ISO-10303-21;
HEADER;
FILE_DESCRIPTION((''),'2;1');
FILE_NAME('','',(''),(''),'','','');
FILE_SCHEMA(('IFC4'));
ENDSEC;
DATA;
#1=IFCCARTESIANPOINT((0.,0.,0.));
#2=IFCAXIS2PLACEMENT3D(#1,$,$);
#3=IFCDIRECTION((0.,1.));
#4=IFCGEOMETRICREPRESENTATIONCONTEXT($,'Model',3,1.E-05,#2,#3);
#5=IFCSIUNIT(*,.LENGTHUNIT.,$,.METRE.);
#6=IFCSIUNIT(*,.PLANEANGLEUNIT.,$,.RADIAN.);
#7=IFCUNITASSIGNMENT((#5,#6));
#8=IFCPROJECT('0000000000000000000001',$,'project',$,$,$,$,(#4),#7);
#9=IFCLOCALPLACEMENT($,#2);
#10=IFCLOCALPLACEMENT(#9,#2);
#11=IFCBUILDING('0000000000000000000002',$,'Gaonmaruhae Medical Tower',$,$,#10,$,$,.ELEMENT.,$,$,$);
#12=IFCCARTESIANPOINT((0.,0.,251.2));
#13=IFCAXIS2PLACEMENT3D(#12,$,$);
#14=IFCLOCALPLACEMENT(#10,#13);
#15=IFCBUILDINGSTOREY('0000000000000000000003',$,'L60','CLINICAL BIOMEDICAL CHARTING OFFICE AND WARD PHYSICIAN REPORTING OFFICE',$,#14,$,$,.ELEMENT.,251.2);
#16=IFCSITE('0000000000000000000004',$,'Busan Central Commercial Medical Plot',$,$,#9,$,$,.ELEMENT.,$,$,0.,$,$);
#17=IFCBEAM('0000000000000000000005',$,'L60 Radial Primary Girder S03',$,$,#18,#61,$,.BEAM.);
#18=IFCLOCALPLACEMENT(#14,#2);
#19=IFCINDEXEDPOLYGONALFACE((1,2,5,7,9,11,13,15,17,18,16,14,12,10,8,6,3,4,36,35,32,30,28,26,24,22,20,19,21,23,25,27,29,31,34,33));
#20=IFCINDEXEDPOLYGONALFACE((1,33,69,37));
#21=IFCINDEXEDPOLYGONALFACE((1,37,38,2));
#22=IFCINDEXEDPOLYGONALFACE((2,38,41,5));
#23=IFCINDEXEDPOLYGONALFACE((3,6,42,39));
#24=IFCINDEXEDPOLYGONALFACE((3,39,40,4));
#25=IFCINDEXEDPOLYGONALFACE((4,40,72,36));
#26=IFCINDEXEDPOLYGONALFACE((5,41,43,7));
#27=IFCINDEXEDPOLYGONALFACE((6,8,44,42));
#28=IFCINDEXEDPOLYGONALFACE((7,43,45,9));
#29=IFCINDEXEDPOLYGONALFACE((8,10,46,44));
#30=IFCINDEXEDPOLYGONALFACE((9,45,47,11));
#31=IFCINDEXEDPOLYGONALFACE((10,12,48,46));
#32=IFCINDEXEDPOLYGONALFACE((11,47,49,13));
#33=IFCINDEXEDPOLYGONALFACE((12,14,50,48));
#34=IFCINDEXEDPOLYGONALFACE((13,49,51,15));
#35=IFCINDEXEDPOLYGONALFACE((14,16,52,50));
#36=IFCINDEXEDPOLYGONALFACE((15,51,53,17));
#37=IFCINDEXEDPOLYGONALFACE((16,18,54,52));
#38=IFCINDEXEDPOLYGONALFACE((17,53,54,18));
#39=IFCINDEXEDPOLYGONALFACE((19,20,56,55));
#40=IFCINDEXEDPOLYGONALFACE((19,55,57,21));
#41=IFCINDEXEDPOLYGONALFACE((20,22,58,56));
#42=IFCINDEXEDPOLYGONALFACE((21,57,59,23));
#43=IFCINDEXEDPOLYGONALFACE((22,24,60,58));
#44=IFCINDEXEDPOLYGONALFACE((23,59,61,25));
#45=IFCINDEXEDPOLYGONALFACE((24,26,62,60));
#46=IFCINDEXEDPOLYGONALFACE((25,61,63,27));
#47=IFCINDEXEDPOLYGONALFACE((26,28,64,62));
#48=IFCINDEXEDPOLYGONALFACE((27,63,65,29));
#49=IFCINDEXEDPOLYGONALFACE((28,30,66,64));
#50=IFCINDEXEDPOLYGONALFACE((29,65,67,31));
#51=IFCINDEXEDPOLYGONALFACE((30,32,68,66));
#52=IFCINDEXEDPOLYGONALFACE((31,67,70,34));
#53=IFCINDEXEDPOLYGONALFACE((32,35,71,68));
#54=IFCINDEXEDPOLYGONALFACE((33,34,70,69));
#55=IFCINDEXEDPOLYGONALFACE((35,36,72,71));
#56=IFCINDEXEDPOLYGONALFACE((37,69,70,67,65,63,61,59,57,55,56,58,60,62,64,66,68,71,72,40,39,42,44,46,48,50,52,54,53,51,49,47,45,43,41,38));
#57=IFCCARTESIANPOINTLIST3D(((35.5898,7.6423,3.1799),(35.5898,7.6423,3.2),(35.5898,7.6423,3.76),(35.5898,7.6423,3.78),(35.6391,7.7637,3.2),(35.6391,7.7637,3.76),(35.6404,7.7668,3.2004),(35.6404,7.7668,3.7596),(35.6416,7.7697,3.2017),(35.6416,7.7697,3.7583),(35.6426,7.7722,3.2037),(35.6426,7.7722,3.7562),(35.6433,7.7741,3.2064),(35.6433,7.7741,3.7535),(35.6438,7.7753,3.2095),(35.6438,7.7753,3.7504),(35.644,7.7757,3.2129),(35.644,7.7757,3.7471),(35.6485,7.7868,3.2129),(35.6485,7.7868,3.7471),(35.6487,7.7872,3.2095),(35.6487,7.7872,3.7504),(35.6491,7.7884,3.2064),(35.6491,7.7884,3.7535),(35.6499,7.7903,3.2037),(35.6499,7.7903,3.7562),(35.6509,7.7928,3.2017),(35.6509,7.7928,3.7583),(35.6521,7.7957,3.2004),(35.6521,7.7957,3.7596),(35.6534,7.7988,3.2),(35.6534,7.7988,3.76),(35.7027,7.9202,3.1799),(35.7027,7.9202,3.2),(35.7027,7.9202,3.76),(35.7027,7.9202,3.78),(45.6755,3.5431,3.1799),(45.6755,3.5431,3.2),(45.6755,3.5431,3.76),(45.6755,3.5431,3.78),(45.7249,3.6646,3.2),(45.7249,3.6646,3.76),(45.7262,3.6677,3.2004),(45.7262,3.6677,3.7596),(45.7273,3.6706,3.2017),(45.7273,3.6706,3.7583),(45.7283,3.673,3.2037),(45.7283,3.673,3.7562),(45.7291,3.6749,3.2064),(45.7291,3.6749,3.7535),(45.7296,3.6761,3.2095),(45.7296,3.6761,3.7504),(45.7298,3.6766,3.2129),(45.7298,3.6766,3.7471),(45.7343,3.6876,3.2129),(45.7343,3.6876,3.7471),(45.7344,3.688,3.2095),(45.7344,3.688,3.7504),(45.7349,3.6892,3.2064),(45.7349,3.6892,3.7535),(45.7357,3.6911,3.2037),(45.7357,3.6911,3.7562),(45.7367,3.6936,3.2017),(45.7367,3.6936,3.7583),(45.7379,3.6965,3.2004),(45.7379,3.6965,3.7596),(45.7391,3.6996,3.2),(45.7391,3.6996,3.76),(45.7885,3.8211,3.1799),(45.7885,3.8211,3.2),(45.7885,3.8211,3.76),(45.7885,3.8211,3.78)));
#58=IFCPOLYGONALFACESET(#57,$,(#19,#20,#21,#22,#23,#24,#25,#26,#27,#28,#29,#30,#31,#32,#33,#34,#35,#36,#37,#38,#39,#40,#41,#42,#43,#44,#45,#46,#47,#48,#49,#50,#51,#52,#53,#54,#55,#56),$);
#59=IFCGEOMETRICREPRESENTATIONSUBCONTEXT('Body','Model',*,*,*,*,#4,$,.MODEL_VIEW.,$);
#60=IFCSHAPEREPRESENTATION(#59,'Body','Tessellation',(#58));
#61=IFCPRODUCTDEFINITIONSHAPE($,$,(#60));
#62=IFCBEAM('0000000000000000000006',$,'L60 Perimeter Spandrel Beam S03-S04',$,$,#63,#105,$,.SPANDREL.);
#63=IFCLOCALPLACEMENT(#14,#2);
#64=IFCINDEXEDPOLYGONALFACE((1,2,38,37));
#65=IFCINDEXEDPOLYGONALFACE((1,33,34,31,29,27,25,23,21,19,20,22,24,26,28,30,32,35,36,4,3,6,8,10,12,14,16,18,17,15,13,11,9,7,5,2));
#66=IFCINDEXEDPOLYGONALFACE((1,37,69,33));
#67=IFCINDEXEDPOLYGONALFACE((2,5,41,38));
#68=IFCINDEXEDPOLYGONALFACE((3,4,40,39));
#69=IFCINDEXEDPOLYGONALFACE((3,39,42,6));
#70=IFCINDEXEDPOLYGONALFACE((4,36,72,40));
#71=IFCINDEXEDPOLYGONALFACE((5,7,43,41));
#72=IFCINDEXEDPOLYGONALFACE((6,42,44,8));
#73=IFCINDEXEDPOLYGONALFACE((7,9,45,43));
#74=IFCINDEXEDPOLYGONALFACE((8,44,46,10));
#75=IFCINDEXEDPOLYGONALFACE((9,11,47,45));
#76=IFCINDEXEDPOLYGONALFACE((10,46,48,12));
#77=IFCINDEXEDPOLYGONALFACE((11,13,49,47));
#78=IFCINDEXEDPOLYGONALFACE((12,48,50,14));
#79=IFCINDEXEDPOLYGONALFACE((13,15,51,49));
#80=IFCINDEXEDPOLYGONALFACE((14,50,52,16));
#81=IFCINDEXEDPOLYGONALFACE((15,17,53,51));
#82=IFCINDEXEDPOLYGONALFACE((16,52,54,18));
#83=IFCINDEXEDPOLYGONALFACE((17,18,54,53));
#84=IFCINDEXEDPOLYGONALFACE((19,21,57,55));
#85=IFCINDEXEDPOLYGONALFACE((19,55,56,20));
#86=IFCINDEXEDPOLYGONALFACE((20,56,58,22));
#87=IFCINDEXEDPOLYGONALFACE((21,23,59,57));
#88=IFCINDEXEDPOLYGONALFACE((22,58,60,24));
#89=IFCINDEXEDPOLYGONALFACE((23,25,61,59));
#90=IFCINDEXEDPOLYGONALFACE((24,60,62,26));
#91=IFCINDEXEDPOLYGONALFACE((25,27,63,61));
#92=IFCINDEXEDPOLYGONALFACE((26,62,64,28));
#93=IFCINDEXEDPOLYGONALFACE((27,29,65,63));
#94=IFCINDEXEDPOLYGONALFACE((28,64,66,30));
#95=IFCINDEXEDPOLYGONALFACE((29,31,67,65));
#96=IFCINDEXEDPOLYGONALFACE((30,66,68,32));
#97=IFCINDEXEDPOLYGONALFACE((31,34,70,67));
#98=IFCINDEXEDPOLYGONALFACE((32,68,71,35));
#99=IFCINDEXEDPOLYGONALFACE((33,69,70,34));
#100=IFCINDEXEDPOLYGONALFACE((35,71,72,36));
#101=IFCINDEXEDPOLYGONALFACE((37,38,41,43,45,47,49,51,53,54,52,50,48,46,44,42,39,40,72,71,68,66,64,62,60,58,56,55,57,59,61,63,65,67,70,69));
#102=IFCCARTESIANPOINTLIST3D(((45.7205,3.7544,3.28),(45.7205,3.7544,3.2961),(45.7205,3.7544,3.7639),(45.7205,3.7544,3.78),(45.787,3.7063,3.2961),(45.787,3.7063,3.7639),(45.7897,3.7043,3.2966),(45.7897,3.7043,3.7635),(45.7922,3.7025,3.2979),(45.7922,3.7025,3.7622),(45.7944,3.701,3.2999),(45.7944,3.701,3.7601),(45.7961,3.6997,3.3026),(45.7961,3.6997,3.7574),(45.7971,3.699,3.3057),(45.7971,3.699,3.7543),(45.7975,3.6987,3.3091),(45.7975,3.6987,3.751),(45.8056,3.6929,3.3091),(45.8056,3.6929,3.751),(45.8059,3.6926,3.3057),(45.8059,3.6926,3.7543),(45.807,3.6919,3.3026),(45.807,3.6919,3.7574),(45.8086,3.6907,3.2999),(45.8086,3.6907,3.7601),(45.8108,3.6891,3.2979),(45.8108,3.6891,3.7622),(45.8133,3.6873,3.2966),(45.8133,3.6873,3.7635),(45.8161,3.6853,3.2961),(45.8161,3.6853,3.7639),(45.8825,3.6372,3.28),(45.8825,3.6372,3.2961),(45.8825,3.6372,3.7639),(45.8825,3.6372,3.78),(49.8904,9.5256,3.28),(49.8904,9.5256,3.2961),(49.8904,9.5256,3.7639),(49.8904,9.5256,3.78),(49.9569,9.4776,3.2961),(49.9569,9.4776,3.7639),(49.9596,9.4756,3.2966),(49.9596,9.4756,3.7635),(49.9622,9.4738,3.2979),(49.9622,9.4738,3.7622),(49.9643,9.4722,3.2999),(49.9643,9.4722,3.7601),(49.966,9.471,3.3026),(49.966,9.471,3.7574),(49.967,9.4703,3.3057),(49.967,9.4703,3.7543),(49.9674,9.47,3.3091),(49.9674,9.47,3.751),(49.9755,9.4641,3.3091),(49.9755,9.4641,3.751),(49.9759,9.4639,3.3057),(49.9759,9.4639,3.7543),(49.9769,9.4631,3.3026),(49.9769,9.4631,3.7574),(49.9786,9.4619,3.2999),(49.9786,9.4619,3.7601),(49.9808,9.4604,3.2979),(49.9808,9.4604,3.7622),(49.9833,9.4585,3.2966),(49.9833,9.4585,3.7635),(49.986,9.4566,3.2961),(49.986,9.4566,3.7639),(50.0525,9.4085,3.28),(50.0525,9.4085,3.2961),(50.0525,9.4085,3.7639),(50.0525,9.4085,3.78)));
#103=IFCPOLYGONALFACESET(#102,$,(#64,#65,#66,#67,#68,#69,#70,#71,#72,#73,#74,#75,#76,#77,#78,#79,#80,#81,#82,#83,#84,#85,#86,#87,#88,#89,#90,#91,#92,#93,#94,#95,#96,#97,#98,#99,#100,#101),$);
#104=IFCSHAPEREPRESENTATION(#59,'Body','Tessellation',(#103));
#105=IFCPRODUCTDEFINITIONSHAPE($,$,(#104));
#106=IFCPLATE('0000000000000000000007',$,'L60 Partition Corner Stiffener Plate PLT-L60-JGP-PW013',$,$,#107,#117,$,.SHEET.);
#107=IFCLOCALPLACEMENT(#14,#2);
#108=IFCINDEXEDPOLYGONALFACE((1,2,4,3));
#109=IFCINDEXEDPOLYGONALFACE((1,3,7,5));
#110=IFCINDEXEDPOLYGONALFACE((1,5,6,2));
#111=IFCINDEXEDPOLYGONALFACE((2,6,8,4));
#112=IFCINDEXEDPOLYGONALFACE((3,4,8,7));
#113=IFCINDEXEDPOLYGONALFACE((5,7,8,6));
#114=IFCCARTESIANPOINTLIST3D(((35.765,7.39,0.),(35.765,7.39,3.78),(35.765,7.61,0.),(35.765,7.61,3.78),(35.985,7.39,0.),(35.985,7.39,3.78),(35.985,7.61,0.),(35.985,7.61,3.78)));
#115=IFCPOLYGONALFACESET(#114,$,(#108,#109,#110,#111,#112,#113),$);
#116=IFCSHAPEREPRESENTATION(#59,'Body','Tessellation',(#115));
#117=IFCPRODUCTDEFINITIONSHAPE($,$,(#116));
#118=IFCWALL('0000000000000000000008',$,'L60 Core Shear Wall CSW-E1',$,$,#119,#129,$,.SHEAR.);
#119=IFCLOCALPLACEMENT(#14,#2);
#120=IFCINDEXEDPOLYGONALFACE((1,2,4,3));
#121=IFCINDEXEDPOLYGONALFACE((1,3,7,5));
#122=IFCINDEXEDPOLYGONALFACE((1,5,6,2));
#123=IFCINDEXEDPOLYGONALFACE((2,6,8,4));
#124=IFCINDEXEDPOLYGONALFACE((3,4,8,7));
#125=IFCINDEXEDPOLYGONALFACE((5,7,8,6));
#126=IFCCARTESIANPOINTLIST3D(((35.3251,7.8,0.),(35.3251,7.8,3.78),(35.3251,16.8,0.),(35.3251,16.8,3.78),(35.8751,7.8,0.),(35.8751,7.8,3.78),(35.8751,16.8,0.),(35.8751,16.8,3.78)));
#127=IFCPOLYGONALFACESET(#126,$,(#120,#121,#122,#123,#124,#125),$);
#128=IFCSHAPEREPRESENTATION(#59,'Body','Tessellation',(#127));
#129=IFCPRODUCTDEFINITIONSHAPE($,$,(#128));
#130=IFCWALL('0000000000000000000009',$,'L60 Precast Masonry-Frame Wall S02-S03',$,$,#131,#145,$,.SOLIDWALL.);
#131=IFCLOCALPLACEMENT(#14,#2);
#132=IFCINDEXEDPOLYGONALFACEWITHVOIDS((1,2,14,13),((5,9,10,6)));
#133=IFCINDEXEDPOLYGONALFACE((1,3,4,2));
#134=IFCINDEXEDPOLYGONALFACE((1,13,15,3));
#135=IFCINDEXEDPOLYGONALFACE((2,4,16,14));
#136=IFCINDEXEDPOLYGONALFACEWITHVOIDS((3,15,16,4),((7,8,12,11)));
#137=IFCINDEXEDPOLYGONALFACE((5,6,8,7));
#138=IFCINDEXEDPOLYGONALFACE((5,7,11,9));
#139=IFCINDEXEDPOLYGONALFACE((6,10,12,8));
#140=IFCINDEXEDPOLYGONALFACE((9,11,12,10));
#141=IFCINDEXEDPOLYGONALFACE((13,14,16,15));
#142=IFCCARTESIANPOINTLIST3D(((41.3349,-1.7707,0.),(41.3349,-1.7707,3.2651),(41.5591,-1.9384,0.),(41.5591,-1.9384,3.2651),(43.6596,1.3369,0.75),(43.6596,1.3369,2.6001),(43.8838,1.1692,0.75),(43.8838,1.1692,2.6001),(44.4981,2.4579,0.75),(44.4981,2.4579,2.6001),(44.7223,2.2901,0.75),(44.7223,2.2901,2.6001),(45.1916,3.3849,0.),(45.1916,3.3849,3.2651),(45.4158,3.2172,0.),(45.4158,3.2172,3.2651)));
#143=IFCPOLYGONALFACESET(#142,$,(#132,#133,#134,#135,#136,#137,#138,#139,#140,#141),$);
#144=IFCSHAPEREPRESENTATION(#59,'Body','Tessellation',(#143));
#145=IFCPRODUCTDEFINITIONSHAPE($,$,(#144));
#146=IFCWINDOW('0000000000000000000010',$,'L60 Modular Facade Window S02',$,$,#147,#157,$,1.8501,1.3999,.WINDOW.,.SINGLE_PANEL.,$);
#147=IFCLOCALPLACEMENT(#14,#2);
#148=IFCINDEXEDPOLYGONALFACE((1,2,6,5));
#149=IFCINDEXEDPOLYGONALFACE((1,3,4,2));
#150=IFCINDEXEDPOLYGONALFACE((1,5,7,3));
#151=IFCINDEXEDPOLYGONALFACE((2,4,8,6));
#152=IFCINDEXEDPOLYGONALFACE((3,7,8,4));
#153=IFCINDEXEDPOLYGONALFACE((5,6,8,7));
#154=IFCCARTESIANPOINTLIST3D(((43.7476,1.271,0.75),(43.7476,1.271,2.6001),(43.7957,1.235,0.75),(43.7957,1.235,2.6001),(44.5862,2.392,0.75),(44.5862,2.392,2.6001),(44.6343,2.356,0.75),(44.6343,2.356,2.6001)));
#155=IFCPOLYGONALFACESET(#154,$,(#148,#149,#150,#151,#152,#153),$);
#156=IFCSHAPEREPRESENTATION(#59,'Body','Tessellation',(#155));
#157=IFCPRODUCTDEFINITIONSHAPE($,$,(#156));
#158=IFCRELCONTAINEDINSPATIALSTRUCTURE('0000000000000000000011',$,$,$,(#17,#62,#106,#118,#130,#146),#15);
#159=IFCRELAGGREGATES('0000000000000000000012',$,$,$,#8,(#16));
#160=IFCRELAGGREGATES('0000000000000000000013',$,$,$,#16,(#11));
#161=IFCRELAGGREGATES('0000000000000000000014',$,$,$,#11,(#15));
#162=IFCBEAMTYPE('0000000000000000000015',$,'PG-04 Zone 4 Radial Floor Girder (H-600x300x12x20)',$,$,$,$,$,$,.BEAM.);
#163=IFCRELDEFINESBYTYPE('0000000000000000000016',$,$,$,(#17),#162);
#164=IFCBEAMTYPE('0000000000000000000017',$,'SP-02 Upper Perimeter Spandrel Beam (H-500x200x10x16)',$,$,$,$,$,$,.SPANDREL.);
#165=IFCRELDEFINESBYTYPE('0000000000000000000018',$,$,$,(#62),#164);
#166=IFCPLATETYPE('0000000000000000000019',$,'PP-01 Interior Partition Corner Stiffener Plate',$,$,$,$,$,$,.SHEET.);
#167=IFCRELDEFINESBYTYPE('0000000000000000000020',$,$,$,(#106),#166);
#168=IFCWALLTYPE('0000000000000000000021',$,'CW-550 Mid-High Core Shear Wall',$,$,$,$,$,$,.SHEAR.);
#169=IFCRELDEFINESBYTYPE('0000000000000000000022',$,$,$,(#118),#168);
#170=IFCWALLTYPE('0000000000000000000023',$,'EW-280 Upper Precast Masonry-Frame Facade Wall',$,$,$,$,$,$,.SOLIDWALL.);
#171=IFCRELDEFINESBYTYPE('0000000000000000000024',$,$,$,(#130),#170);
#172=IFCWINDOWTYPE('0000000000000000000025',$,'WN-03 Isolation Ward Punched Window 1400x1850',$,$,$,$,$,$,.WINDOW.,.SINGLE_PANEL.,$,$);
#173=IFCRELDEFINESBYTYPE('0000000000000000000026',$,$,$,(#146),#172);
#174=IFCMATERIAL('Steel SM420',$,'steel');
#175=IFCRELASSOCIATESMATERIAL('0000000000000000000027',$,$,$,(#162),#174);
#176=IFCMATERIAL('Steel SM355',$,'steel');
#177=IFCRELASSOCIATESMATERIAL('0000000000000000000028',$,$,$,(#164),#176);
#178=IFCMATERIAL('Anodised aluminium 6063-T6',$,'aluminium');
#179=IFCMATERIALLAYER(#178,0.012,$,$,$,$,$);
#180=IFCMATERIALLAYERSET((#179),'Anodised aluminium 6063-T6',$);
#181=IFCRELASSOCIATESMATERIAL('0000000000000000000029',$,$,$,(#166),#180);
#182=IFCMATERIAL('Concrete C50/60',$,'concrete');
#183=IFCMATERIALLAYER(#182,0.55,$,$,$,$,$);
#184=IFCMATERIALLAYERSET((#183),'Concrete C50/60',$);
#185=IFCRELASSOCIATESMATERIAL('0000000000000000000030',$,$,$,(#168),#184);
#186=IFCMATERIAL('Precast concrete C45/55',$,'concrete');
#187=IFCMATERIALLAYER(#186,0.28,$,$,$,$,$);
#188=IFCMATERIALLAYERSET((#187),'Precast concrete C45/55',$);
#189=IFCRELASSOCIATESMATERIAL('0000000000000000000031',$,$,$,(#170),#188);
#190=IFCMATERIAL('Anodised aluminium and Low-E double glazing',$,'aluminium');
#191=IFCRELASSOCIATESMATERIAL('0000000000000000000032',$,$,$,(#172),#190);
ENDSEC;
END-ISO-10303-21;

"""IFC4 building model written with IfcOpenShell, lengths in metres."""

from ifc_helpers import new_model, si_unit, direction, frame, frame_2d, origin, origin_2d, place, context, subcontext, project, spatial, rectangle, i_section, extrude, material, layer, layer_set, material_profile, profile_set, type_object, element, fill, save


model = new_model("IFC4")

# Units and contexts
model_context = context("Model", 3, precision=1e-05, world=origin(), true_north=direction((0.0, 1.0)))
body_context = subcontext(model_context, "Body", "Model", "MODEL_VIEW")
ifc_project = project(units=[si_unit("LENGTHUNIT", "METRE"), si_unit("PLANEANGLEUNIT", "RADIAN")], contexts=[model_context])

# Site, building, storey
site_placement = place(None, origin())
site = spatial("IfcSite", under=ifc_project, at=site_placement, Name="Busan Central Commercial Medical Plot", CompositionType="ELEMENT", RefElevation=0.0)
building_placement = place(site_placement, origin())
building = spatial("IfcBuilding", under=site, at=building_placement, Name="Gaonmaruhae Medical Tower", CompositionType="ELEMENT")
storey_placement = place(building_placement, frame((0.0, 0.0, 251.2)))
storey = spatial("IfcBuildingStorey", under=building, at=storey_placement, Name="L60", Description="CLINICAL BIOMEDICAL CHARTING OFFICE AND WARD PHYSICIAN REPORTING OFFICE", CompositionType="ELEMENT", Elevation=251.2)

# Shared definitions
ifc_material_1 = material(Name="Concrete C50/60", Category="concrete")

# Beams
ifc_material_2 = material(Name="Steel SM355", Category="steel")
ifc_material_3 = material(Name="Steel SM420", Category="steel")
ifc_material_profile_1 = material_profile(ifc_material_3, i_section(OverallWidth=0.3, OverallDepth=0.6001, WebThickness=0.012, FlangeThickness=0.02, FilletRadius=0.0129, at=origin_2d()), Name="H-600x300x12x20")
ifc_profile_set_1 = profile_set([ifc_material_profile_1], Name="Steel SM420")
beam_type_1 = type_object("IfcBeamType", Name="PG-04 Zone 4 Radial Floor Girder (H-600x300x12x20)", PredefinedType="BEAM", material=ifc_profile_set_1)
beam_1_placement = place(storey_placement, frame((35.6462, 7.7812, 3.48), z_axis=(0.926409, -0.37652, 0.0), x_axis=(0.37652, 0.926409, 0.0)))
element("IfcBeam", 1, at=beam_1_placement, inside=storey, type_object=beam_type_1, Name="L60 Radial Primary Girder S03", PredefinedType="BEAM", context=body_context, shape_type="SweptSolid", body=[
    extrude(i_section(OverallWidth=0.3, OverallDepth=0.6001, WebThickness=0.012, FlangeThickness=0.02, FilletRadius=0.0129, at=origin_2d()), origin(), (0.0, 0.0, 1.0), 10.887),
])
ifc_material_profile_2 = material_profile(ifc_material_2, i_section(OverallWidth=0.2, OverallDepth=0.5, WebThickness=0.01, FlangeThickness=0.0161, FilletRadius=0.0129, at=origin_2d()), Name="H-500x200x10x16")
ifc_profile_set_2 = profile_set([ifc_material_profile_2], Name="Steel SM355")
beam_type_2 = type_object("IfcBeamType", Name="SP-02 Upper Perimeter Spandrel Beam (H-500x200x10x16)", PredefinedType="SPANDREL", material=ifc_profile_set_2)
beam_2_placement = place(storey_placement, frame((45.8015, 3.6958, 3.53), z_axis=(0.585657, 0.810559, 0.0), x_axis=(-0.810559, 0.585657, 0.0)))
element("IfcBeam", 2, at=beam_2_placement, inside=storey, type_object=beam_type_2, Name="L60 Perimeter Spandrel Beam S03-S04", PredefinedType="SPANDREL", context=body_context, shape_type="SweptSolid", body=[
    extrude(i_section(OverallWidth=0.2, OverallDepth=0.5, WebThickness=0.01, FlangeThickness=0.0161, FilletRadius=0.0129, at=origin_2d()), origin(), (0.0, 0.0, 1.0), 7.1201),
])

# Plate
ifc_material_4 = material(Name="Anodised aluminium 6063-T6", Category="aluminium")
ifc_layer_1 = layer(ifc_material_4, 0.012)
ifc_layer_set_1 = layer_set([ifc_layer_1], Name="Anodised aluminium 6063-T6")
plate_type = type_object("IfcPlateType", Name="PP-01 Interior Partition Corner Stiffener Plate", PredefinedType="SHEET", material=ifc_layer_set_1)
plate_placement = place(storey_placement, frame((35.875, 7.5, 0.0), z_axis=(0.0, 0.0, 1.0), x_axis=(1.0, 0.0, 0.0)))
element("IfcPlate", 3, at=plate_placement, inside=storey, type_object=plate_type, Name="L60 Partition Corner Stiffener Plate PLT-L60-JGP-PW013", PredefinedType="SHEET", context=body_context, shape_type="SweptSolid", body=[
    extrude(rectangle(XDim=0.22, YDim=0.22, at=origin_2d()), origin(), (0.0, 0.0, 1.0), 3.78),
])

# Wall
ifc_layer_2 = layer(ifc_material_1, 0.55)
ifc_layer_set_2 = layer_set([ifc_layer_2], Name="Concrete C50/60")
wall_type_1 = type_object("IfcWallType", Name="CW-550 Mid-High Core Shear Wall", PredefinedType="SHEAR", material=ifc_layer_set_2)
wall_1_placement = place(storey_placement, frame((35.6001, 7.8, 0.0), z_axis=(0.0, 0.0, 1.0), x_axis=(0.0, 1.0, 0.0)))
element("IfcWall", 4, at=wall_1_placement, inside=storey, type_object=wall_type_1, Name="L60 Core Shear Wall CSW-E1", PredefinedType="SHEAR", context=body_context, shape_type="SweptSolid", body=[
    extrude(rectangle(XDim=9.0, YDim=0.55, at=frame_2d((4.5, 0.0))), origin(), (0.0, 0.0, 1.0), 3.78),
])

# Wall, opening, window
ifc_material_5 = material(Name="Precast concrete C45/55", Category="concrete")
ifc_layer_3 = layer(ifc_material_5, 0.28)
ifc_layer_set_3 = layer_set([ifc_layer_3], Name="Precast concrete C45/55")
wall_type_2 = type_object("IfcWallType", Name="EW-280 Upper Precast Masonry-Frame Facade Wall", PredefinedType="SOLIDWALL", material=ifc_layer_set_3)
wall_2_placement = place(storey_placement, frame((45.3037, 3.301, 0.0), z_axis=(0.0, 0.0, 1.0), x_axis=(-0.599011, -0.800741, 0.0)))
wall_2 = element("IfcWall", 5, at=wall_2_placement, inside=storey, type_object=wall_type_2, Name="L60 Precast Masonry-Frame Wall S02-S03", PredefinedType="SOLIDWALL", context=body_context, shape_type="SweptSolid", body=[
    extrude(rectangle(XDim=6.4385, YDim=0.28, at=frame_2d((3.2192, 0.0))), origin(), (0.0, 0.0, 1.0), 3.2651),
])
opening_1_placement = place(wall_2_placement, frame((1.1577, 0.0, 0.75)))
opening_1 = element("IfcOpeningElement", 6, at=opening_1_placement, cuts=wall_2, PredefinedType="OPENING", context=body_context, shape_type="SweptSolid", body=[
    extrude(rectangle(XDim=1.3999, YDim=1.8501, at=frame_2d((0.7, 0.925))), frame((0.0, 0.1499, 0.0), z_axis=(0.0, -1.0, 0.0), x_axis=(1.0, 0.0, 0.0)), (0.0, 0.0, 1.0), 0.3),
])
ifc_material_6 = material(Name="Anodised aluminium and Low-E double glazing", Category="aluminium")
window_type = type_object("IfcWindowType", Name="WN-03 Isolation Ward Punched Window 1400x1850", PartitioningType="SINGLE_PANEL", PredefinedType="WINDOW", material=ifc_material_6)
window_placement = place(opening_1_placement, origin())
window = element("IfcWindow", 7, at=window_placement, inside=storey, type_object=window_type, Name="L60 Modular Facade Window S02", OverallHeight=1.8501, OverallWidth=1.3999, PartitioningType="SINGLE_PANEL", PredefinedType="WINDOW", context=body_context, shape_type="SweptSolid", body=[
    extrude(rectangle(XDim=1.3999, YDim=1.8501, at=frame_2d((0.7, 0.925))), frame((0.0, 0.03, 0.0), z_axis=(0.0, -1.0, 0.0), x_axis=(1.0, 0.0, 0.0)), (0.0, 0.0, 1.0), 0.0601),
])
fill(opening_1, window)

save(model, "model.ifc")
